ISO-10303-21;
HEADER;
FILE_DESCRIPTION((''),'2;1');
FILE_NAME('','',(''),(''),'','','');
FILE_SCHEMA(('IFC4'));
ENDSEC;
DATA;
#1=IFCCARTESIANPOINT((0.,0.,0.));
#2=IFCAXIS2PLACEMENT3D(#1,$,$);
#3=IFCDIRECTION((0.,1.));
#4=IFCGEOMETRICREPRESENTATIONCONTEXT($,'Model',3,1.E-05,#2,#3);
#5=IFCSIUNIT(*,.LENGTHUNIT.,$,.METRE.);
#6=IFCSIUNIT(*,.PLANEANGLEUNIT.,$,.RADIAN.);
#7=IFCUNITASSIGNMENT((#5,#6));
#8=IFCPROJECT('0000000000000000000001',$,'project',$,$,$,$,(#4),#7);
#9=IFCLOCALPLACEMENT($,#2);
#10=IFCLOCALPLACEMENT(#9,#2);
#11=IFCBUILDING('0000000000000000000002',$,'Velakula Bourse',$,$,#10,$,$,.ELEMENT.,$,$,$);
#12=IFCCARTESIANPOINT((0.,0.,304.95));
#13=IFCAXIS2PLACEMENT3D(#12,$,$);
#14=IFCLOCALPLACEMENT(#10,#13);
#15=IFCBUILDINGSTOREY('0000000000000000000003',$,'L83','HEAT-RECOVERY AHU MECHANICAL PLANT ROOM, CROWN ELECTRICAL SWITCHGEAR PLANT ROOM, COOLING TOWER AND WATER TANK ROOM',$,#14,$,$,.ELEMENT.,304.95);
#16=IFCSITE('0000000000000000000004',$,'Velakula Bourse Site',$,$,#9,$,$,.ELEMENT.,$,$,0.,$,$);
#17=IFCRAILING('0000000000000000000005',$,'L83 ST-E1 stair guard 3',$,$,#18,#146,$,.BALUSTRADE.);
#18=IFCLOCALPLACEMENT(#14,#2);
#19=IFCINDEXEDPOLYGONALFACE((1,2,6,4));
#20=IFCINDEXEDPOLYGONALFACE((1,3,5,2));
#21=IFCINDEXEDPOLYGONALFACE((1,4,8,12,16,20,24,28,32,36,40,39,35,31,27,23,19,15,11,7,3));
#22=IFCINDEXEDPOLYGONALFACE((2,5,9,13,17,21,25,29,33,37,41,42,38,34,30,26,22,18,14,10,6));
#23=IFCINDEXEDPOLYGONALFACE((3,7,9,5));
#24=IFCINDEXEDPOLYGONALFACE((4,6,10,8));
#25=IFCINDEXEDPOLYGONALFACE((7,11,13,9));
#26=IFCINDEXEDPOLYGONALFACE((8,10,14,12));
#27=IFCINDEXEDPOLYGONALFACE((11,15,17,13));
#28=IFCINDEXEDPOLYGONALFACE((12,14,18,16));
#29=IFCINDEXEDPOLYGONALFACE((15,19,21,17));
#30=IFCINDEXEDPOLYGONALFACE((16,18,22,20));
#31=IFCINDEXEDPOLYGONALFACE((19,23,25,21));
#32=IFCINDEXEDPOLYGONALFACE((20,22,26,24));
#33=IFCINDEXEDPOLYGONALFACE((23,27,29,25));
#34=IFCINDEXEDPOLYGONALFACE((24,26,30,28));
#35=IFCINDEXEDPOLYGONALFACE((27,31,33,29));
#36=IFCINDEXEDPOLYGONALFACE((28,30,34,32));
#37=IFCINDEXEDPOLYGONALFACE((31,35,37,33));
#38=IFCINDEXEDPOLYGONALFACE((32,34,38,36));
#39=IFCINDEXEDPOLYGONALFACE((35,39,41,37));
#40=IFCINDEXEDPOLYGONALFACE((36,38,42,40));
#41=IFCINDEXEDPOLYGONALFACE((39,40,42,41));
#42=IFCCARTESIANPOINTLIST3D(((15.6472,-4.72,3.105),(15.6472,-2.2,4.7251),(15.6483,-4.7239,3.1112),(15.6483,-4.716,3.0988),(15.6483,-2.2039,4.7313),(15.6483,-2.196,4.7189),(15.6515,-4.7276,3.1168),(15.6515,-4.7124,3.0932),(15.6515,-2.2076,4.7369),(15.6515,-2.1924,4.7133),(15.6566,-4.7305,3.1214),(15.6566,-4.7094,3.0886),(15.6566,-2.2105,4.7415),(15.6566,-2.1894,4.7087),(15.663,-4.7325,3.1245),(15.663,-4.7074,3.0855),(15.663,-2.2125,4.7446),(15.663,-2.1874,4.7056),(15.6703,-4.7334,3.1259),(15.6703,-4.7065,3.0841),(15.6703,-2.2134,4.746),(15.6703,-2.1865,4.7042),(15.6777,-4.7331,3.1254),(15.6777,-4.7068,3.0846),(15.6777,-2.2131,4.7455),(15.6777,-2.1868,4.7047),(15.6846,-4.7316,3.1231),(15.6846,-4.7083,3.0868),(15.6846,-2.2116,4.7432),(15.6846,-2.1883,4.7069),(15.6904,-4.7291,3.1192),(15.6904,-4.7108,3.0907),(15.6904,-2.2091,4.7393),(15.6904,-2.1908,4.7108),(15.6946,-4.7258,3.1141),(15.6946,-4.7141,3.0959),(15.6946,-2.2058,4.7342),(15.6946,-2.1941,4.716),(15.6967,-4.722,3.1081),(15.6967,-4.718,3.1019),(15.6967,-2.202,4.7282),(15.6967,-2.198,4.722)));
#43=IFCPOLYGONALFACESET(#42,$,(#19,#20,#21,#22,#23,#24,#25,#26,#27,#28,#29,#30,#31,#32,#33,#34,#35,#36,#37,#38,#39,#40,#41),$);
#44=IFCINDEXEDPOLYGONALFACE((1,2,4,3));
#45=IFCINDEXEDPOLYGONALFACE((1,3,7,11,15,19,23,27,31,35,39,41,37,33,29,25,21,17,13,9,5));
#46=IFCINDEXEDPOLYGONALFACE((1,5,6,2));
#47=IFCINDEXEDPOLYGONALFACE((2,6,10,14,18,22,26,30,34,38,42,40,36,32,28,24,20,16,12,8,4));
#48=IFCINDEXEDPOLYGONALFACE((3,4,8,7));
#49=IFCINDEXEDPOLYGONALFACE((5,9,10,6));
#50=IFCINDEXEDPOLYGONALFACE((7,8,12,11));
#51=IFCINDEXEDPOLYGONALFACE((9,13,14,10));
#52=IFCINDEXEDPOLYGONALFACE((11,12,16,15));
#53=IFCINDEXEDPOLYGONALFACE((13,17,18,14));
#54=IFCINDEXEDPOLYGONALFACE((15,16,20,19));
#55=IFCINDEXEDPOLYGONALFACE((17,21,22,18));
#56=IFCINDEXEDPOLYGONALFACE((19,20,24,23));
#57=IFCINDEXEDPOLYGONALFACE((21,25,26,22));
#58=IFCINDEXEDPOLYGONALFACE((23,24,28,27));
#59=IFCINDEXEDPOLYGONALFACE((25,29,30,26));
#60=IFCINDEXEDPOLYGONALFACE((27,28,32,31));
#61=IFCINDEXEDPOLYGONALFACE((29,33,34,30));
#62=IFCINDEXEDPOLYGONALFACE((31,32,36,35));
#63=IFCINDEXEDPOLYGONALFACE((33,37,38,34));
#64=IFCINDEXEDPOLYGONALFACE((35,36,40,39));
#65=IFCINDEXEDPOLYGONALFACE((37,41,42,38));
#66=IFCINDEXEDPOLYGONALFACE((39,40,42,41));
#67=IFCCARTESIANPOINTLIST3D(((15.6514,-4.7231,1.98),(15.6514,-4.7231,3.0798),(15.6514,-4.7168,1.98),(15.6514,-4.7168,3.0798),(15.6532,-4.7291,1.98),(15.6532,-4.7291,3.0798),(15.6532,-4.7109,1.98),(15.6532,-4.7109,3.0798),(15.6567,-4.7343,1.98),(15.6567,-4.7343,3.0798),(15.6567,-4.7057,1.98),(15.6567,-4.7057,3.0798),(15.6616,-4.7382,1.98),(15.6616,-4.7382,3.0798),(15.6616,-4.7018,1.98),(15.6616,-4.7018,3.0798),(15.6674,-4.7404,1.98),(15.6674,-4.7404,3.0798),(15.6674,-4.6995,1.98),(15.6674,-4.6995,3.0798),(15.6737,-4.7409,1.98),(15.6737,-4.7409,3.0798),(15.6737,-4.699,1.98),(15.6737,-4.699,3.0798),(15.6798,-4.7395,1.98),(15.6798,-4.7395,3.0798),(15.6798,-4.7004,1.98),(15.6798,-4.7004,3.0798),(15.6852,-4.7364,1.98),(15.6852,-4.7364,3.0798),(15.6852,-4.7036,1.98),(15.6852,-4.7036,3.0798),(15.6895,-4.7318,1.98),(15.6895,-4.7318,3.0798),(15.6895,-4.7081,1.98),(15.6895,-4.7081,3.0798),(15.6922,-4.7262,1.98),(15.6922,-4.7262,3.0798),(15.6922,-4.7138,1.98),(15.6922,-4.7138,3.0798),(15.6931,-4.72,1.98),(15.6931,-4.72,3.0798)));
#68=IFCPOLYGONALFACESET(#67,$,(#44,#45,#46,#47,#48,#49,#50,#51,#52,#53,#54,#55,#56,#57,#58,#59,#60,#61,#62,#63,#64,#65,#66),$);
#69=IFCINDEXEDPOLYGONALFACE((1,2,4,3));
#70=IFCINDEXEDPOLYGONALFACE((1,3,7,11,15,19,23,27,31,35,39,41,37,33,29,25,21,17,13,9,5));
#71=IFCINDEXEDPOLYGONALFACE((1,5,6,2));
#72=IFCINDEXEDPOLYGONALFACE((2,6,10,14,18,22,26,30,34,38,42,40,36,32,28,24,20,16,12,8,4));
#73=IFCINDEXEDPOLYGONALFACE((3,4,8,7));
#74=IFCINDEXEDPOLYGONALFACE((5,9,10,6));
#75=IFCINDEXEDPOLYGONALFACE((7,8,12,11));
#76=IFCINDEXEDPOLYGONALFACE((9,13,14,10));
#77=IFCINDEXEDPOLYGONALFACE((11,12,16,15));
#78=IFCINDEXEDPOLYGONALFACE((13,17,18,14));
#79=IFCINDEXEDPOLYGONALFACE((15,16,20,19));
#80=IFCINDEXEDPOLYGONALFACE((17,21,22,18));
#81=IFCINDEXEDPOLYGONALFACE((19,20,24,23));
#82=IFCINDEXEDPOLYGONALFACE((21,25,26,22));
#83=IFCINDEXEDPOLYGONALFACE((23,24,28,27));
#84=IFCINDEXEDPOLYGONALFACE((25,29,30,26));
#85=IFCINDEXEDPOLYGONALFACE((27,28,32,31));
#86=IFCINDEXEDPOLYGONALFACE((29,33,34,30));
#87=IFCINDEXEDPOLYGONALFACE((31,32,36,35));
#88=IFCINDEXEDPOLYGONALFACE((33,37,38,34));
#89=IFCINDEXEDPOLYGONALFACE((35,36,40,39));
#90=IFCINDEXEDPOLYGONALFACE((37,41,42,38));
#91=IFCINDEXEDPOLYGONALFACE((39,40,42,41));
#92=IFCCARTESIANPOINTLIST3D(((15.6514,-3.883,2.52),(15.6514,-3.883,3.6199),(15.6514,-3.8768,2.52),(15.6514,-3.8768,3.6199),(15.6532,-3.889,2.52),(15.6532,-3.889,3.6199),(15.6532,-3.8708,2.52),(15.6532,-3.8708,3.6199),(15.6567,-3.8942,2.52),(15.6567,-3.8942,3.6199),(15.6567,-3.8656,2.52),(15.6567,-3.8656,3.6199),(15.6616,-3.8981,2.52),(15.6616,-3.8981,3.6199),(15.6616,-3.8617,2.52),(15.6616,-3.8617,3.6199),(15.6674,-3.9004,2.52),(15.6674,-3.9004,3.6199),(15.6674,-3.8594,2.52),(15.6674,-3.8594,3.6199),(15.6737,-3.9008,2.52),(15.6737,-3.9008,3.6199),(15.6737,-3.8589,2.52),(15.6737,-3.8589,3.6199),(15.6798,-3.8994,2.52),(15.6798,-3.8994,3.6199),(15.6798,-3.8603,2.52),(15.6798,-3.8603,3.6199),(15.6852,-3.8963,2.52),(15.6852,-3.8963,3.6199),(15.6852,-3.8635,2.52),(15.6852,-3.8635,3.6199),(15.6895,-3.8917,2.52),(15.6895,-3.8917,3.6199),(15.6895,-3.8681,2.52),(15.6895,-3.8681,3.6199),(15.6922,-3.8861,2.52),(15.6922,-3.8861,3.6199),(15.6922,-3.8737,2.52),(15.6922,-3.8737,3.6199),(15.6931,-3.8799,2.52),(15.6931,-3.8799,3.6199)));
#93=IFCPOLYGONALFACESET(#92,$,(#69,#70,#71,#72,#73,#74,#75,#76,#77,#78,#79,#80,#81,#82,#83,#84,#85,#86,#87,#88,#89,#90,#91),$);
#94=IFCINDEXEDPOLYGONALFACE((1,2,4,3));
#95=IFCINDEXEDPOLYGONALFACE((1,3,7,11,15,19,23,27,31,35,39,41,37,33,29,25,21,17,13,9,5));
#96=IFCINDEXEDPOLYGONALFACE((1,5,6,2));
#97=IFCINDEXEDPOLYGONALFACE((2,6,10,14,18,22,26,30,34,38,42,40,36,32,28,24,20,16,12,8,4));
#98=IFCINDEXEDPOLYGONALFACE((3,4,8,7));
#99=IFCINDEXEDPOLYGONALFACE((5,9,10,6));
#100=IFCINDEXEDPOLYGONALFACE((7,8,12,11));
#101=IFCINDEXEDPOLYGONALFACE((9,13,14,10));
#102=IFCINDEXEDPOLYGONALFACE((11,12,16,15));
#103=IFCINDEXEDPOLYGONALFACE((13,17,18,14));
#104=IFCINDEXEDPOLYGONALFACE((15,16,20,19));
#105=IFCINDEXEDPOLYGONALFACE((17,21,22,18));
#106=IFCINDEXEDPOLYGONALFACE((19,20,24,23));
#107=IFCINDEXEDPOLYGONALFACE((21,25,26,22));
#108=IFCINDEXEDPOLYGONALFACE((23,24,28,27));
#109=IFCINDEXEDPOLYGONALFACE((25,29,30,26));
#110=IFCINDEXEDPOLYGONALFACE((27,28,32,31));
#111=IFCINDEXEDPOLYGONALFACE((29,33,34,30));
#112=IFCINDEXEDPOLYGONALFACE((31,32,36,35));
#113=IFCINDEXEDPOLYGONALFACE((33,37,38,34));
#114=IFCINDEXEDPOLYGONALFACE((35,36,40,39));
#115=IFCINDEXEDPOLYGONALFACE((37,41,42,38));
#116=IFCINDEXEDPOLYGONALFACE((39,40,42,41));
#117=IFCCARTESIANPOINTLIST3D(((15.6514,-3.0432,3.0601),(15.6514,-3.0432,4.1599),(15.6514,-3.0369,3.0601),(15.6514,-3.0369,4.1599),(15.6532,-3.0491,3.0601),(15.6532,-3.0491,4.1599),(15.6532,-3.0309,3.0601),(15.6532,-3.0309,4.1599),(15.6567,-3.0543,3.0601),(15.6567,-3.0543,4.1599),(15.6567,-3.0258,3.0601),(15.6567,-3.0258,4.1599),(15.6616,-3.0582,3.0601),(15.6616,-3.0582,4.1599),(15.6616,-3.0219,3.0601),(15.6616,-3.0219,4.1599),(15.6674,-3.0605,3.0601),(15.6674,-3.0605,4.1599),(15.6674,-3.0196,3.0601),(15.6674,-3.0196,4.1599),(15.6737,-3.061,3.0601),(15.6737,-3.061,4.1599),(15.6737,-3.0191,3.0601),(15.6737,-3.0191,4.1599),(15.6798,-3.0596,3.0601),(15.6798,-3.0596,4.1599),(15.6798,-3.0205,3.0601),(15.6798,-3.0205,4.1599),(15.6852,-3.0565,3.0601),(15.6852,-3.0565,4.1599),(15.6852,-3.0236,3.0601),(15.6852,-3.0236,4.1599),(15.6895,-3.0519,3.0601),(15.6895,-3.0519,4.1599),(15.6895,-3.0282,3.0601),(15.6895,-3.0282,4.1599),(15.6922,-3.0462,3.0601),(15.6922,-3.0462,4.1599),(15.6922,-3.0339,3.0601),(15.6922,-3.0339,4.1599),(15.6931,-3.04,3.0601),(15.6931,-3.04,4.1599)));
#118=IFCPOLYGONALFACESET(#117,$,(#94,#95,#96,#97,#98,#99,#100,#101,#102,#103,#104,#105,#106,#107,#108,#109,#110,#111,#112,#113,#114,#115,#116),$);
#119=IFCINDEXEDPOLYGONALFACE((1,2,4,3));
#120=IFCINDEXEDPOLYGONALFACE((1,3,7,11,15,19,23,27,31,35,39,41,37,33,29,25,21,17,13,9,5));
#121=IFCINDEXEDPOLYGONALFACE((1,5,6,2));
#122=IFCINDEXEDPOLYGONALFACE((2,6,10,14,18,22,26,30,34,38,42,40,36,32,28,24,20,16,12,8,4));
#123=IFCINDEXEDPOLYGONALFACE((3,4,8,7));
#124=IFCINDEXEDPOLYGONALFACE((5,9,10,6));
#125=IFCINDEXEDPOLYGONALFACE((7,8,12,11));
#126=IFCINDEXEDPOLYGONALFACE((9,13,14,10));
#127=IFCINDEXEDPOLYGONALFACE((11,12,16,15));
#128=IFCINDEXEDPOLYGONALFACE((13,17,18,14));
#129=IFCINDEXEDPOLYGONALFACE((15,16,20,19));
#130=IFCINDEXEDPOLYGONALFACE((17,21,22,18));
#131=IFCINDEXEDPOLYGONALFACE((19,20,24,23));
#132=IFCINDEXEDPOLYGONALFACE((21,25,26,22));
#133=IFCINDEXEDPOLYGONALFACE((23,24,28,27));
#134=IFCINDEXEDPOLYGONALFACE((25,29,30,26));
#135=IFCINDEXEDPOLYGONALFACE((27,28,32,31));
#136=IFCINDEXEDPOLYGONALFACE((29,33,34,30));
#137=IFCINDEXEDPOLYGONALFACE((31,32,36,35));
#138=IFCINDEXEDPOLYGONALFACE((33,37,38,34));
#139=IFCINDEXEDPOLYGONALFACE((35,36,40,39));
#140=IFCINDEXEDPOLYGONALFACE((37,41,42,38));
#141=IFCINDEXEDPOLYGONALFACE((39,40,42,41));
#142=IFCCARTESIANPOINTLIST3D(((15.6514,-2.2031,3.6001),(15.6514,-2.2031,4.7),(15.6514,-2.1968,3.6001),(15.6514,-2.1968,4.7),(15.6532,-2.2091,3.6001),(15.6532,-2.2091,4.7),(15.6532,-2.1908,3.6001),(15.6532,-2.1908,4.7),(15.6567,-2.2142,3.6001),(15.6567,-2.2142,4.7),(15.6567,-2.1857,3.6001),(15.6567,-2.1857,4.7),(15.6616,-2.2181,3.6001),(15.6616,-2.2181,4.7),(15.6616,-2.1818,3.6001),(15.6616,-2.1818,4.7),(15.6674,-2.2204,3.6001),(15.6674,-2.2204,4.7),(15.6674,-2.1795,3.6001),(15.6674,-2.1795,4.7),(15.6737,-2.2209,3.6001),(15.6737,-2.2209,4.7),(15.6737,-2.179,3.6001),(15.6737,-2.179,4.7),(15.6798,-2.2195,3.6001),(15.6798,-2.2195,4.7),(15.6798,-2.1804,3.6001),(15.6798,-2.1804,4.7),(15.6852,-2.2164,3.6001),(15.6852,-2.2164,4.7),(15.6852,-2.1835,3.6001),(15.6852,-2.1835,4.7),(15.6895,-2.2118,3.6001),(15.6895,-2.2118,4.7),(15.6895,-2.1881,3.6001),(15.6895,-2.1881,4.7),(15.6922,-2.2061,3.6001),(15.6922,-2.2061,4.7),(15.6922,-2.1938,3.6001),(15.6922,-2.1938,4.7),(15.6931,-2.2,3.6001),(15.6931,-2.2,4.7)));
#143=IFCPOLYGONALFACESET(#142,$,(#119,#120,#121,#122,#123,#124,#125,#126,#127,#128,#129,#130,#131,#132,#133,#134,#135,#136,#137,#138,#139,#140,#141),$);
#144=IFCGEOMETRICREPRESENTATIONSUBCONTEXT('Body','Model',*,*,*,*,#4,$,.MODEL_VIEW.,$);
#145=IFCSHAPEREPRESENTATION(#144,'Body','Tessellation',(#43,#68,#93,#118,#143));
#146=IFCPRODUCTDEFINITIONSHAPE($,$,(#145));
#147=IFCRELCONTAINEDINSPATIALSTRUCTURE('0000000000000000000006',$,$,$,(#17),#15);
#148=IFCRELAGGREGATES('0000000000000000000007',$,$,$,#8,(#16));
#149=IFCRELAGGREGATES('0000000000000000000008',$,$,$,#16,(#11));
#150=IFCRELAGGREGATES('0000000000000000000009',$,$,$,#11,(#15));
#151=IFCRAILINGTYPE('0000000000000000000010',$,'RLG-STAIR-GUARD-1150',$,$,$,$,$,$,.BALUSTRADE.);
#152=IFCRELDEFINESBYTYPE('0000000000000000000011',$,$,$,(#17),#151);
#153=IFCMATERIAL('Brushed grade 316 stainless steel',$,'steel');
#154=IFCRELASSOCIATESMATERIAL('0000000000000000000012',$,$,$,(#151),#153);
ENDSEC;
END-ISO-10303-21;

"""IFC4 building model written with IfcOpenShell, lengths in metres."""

from ifc_helpers import new_model, si_unit, direction, frame, origin, origin_2d, place, context, subcontext, project, spatial, circle, extrude, material, type_object, element, save


model = new_model("IFC4")

# Units and contexts
model_context = context("Model", 3, precision=1e-05, world=origin(), true_north=direction((0.0, 1.0)))
body_context = subcontext(model_context, "Body", "Model", "MODEL_VIEW")
ifc_project = project(units=[si_unit("LENGTHUNIT", "METRE"), si_unit("PLANEANGLEUNIT", "RADIAN")], contexts=[model_context])

# Site, building, storey
site_placement = place(None, origin())
site = spatial("IfcSite", under=ifc_project, at=site_placement, Name="Velakula Bourse Site", CompositionType="ELEMENT", RefElevation=0.0)
building_placement = place(site_placement, origin())
building = spatial("IfcBuilding", under=site, at=building_placement, Name="Velakula Bourse", CompositionType="ELEMENT")
storey_placement = place(building_placement, frame((0.0, 0.0, 304.95)))
storey = spatial("IfcBuildingStorey", under=building, at=storey_placement, Name="L83", Description="HEAT-RECOVERY AHU MECHANICAL PLANT ROOM, CROWN ELECTRICAL SWITCHGEAR PLANT ROOM, COOLING TOWER AND WATER TANK ROOM", CompositionType="ELEMENT", Elevation=304.95)

# Shared definitions
ifc_material_1 = material(Name="Brushed grade 316 stainless steel", Category="steel")

# Railing
railing_type_1 = type_object("IfcRailingType", Name="RLG-STAIR-GUARD-1150", PredefinedType="BALUSTRADE", material=ifc_material_1)
railing_1_placement = place(storey_placement, frame((15.6721, -4.72, 1.98)))
element("IfcRailing", 1, at=railing_1_placement, inside=storey, type_object=railing_type_1, Name="L83 ST-E1 stair guard 3", PredefinedType="BALUSTRADE", context=body_context, shape_type="SweptSolid", body=[
    extrude(circle(Radius=0.0249, at=origin_2d()), frame((0.0, 0.0, 1.125), z_axis=(0.0, 0.841163, 0.540782), x_axis=(-1.0, 0.0, 0.0)), (0.0, 0.0, 1.0), 2.9958),
    extrude(circle(Radius=0.021, at=origin_2d()), origin(), (0.0, 0.0, 1.0), 1.0999),
    extrude(circle(Radius=0.021, at=origin_2d()), frame((0.0, 0.8401, 0.54)), (0.0, 0.0, 1.0), 1.0999),
    extrude(circle(Radius=0.021, at=origin_2d()), frame((0.0, 1.6799, 1.0801)), (0.0, 0.0, 1.0), 1.0999),
    extrude(circle(Radius=0.021, at=origin_2d()), frame((0.0, 2.52, 1.6201)), (0.0, 0.0, 1.0), 1.0999),
])

save(model, "model.ifc")
